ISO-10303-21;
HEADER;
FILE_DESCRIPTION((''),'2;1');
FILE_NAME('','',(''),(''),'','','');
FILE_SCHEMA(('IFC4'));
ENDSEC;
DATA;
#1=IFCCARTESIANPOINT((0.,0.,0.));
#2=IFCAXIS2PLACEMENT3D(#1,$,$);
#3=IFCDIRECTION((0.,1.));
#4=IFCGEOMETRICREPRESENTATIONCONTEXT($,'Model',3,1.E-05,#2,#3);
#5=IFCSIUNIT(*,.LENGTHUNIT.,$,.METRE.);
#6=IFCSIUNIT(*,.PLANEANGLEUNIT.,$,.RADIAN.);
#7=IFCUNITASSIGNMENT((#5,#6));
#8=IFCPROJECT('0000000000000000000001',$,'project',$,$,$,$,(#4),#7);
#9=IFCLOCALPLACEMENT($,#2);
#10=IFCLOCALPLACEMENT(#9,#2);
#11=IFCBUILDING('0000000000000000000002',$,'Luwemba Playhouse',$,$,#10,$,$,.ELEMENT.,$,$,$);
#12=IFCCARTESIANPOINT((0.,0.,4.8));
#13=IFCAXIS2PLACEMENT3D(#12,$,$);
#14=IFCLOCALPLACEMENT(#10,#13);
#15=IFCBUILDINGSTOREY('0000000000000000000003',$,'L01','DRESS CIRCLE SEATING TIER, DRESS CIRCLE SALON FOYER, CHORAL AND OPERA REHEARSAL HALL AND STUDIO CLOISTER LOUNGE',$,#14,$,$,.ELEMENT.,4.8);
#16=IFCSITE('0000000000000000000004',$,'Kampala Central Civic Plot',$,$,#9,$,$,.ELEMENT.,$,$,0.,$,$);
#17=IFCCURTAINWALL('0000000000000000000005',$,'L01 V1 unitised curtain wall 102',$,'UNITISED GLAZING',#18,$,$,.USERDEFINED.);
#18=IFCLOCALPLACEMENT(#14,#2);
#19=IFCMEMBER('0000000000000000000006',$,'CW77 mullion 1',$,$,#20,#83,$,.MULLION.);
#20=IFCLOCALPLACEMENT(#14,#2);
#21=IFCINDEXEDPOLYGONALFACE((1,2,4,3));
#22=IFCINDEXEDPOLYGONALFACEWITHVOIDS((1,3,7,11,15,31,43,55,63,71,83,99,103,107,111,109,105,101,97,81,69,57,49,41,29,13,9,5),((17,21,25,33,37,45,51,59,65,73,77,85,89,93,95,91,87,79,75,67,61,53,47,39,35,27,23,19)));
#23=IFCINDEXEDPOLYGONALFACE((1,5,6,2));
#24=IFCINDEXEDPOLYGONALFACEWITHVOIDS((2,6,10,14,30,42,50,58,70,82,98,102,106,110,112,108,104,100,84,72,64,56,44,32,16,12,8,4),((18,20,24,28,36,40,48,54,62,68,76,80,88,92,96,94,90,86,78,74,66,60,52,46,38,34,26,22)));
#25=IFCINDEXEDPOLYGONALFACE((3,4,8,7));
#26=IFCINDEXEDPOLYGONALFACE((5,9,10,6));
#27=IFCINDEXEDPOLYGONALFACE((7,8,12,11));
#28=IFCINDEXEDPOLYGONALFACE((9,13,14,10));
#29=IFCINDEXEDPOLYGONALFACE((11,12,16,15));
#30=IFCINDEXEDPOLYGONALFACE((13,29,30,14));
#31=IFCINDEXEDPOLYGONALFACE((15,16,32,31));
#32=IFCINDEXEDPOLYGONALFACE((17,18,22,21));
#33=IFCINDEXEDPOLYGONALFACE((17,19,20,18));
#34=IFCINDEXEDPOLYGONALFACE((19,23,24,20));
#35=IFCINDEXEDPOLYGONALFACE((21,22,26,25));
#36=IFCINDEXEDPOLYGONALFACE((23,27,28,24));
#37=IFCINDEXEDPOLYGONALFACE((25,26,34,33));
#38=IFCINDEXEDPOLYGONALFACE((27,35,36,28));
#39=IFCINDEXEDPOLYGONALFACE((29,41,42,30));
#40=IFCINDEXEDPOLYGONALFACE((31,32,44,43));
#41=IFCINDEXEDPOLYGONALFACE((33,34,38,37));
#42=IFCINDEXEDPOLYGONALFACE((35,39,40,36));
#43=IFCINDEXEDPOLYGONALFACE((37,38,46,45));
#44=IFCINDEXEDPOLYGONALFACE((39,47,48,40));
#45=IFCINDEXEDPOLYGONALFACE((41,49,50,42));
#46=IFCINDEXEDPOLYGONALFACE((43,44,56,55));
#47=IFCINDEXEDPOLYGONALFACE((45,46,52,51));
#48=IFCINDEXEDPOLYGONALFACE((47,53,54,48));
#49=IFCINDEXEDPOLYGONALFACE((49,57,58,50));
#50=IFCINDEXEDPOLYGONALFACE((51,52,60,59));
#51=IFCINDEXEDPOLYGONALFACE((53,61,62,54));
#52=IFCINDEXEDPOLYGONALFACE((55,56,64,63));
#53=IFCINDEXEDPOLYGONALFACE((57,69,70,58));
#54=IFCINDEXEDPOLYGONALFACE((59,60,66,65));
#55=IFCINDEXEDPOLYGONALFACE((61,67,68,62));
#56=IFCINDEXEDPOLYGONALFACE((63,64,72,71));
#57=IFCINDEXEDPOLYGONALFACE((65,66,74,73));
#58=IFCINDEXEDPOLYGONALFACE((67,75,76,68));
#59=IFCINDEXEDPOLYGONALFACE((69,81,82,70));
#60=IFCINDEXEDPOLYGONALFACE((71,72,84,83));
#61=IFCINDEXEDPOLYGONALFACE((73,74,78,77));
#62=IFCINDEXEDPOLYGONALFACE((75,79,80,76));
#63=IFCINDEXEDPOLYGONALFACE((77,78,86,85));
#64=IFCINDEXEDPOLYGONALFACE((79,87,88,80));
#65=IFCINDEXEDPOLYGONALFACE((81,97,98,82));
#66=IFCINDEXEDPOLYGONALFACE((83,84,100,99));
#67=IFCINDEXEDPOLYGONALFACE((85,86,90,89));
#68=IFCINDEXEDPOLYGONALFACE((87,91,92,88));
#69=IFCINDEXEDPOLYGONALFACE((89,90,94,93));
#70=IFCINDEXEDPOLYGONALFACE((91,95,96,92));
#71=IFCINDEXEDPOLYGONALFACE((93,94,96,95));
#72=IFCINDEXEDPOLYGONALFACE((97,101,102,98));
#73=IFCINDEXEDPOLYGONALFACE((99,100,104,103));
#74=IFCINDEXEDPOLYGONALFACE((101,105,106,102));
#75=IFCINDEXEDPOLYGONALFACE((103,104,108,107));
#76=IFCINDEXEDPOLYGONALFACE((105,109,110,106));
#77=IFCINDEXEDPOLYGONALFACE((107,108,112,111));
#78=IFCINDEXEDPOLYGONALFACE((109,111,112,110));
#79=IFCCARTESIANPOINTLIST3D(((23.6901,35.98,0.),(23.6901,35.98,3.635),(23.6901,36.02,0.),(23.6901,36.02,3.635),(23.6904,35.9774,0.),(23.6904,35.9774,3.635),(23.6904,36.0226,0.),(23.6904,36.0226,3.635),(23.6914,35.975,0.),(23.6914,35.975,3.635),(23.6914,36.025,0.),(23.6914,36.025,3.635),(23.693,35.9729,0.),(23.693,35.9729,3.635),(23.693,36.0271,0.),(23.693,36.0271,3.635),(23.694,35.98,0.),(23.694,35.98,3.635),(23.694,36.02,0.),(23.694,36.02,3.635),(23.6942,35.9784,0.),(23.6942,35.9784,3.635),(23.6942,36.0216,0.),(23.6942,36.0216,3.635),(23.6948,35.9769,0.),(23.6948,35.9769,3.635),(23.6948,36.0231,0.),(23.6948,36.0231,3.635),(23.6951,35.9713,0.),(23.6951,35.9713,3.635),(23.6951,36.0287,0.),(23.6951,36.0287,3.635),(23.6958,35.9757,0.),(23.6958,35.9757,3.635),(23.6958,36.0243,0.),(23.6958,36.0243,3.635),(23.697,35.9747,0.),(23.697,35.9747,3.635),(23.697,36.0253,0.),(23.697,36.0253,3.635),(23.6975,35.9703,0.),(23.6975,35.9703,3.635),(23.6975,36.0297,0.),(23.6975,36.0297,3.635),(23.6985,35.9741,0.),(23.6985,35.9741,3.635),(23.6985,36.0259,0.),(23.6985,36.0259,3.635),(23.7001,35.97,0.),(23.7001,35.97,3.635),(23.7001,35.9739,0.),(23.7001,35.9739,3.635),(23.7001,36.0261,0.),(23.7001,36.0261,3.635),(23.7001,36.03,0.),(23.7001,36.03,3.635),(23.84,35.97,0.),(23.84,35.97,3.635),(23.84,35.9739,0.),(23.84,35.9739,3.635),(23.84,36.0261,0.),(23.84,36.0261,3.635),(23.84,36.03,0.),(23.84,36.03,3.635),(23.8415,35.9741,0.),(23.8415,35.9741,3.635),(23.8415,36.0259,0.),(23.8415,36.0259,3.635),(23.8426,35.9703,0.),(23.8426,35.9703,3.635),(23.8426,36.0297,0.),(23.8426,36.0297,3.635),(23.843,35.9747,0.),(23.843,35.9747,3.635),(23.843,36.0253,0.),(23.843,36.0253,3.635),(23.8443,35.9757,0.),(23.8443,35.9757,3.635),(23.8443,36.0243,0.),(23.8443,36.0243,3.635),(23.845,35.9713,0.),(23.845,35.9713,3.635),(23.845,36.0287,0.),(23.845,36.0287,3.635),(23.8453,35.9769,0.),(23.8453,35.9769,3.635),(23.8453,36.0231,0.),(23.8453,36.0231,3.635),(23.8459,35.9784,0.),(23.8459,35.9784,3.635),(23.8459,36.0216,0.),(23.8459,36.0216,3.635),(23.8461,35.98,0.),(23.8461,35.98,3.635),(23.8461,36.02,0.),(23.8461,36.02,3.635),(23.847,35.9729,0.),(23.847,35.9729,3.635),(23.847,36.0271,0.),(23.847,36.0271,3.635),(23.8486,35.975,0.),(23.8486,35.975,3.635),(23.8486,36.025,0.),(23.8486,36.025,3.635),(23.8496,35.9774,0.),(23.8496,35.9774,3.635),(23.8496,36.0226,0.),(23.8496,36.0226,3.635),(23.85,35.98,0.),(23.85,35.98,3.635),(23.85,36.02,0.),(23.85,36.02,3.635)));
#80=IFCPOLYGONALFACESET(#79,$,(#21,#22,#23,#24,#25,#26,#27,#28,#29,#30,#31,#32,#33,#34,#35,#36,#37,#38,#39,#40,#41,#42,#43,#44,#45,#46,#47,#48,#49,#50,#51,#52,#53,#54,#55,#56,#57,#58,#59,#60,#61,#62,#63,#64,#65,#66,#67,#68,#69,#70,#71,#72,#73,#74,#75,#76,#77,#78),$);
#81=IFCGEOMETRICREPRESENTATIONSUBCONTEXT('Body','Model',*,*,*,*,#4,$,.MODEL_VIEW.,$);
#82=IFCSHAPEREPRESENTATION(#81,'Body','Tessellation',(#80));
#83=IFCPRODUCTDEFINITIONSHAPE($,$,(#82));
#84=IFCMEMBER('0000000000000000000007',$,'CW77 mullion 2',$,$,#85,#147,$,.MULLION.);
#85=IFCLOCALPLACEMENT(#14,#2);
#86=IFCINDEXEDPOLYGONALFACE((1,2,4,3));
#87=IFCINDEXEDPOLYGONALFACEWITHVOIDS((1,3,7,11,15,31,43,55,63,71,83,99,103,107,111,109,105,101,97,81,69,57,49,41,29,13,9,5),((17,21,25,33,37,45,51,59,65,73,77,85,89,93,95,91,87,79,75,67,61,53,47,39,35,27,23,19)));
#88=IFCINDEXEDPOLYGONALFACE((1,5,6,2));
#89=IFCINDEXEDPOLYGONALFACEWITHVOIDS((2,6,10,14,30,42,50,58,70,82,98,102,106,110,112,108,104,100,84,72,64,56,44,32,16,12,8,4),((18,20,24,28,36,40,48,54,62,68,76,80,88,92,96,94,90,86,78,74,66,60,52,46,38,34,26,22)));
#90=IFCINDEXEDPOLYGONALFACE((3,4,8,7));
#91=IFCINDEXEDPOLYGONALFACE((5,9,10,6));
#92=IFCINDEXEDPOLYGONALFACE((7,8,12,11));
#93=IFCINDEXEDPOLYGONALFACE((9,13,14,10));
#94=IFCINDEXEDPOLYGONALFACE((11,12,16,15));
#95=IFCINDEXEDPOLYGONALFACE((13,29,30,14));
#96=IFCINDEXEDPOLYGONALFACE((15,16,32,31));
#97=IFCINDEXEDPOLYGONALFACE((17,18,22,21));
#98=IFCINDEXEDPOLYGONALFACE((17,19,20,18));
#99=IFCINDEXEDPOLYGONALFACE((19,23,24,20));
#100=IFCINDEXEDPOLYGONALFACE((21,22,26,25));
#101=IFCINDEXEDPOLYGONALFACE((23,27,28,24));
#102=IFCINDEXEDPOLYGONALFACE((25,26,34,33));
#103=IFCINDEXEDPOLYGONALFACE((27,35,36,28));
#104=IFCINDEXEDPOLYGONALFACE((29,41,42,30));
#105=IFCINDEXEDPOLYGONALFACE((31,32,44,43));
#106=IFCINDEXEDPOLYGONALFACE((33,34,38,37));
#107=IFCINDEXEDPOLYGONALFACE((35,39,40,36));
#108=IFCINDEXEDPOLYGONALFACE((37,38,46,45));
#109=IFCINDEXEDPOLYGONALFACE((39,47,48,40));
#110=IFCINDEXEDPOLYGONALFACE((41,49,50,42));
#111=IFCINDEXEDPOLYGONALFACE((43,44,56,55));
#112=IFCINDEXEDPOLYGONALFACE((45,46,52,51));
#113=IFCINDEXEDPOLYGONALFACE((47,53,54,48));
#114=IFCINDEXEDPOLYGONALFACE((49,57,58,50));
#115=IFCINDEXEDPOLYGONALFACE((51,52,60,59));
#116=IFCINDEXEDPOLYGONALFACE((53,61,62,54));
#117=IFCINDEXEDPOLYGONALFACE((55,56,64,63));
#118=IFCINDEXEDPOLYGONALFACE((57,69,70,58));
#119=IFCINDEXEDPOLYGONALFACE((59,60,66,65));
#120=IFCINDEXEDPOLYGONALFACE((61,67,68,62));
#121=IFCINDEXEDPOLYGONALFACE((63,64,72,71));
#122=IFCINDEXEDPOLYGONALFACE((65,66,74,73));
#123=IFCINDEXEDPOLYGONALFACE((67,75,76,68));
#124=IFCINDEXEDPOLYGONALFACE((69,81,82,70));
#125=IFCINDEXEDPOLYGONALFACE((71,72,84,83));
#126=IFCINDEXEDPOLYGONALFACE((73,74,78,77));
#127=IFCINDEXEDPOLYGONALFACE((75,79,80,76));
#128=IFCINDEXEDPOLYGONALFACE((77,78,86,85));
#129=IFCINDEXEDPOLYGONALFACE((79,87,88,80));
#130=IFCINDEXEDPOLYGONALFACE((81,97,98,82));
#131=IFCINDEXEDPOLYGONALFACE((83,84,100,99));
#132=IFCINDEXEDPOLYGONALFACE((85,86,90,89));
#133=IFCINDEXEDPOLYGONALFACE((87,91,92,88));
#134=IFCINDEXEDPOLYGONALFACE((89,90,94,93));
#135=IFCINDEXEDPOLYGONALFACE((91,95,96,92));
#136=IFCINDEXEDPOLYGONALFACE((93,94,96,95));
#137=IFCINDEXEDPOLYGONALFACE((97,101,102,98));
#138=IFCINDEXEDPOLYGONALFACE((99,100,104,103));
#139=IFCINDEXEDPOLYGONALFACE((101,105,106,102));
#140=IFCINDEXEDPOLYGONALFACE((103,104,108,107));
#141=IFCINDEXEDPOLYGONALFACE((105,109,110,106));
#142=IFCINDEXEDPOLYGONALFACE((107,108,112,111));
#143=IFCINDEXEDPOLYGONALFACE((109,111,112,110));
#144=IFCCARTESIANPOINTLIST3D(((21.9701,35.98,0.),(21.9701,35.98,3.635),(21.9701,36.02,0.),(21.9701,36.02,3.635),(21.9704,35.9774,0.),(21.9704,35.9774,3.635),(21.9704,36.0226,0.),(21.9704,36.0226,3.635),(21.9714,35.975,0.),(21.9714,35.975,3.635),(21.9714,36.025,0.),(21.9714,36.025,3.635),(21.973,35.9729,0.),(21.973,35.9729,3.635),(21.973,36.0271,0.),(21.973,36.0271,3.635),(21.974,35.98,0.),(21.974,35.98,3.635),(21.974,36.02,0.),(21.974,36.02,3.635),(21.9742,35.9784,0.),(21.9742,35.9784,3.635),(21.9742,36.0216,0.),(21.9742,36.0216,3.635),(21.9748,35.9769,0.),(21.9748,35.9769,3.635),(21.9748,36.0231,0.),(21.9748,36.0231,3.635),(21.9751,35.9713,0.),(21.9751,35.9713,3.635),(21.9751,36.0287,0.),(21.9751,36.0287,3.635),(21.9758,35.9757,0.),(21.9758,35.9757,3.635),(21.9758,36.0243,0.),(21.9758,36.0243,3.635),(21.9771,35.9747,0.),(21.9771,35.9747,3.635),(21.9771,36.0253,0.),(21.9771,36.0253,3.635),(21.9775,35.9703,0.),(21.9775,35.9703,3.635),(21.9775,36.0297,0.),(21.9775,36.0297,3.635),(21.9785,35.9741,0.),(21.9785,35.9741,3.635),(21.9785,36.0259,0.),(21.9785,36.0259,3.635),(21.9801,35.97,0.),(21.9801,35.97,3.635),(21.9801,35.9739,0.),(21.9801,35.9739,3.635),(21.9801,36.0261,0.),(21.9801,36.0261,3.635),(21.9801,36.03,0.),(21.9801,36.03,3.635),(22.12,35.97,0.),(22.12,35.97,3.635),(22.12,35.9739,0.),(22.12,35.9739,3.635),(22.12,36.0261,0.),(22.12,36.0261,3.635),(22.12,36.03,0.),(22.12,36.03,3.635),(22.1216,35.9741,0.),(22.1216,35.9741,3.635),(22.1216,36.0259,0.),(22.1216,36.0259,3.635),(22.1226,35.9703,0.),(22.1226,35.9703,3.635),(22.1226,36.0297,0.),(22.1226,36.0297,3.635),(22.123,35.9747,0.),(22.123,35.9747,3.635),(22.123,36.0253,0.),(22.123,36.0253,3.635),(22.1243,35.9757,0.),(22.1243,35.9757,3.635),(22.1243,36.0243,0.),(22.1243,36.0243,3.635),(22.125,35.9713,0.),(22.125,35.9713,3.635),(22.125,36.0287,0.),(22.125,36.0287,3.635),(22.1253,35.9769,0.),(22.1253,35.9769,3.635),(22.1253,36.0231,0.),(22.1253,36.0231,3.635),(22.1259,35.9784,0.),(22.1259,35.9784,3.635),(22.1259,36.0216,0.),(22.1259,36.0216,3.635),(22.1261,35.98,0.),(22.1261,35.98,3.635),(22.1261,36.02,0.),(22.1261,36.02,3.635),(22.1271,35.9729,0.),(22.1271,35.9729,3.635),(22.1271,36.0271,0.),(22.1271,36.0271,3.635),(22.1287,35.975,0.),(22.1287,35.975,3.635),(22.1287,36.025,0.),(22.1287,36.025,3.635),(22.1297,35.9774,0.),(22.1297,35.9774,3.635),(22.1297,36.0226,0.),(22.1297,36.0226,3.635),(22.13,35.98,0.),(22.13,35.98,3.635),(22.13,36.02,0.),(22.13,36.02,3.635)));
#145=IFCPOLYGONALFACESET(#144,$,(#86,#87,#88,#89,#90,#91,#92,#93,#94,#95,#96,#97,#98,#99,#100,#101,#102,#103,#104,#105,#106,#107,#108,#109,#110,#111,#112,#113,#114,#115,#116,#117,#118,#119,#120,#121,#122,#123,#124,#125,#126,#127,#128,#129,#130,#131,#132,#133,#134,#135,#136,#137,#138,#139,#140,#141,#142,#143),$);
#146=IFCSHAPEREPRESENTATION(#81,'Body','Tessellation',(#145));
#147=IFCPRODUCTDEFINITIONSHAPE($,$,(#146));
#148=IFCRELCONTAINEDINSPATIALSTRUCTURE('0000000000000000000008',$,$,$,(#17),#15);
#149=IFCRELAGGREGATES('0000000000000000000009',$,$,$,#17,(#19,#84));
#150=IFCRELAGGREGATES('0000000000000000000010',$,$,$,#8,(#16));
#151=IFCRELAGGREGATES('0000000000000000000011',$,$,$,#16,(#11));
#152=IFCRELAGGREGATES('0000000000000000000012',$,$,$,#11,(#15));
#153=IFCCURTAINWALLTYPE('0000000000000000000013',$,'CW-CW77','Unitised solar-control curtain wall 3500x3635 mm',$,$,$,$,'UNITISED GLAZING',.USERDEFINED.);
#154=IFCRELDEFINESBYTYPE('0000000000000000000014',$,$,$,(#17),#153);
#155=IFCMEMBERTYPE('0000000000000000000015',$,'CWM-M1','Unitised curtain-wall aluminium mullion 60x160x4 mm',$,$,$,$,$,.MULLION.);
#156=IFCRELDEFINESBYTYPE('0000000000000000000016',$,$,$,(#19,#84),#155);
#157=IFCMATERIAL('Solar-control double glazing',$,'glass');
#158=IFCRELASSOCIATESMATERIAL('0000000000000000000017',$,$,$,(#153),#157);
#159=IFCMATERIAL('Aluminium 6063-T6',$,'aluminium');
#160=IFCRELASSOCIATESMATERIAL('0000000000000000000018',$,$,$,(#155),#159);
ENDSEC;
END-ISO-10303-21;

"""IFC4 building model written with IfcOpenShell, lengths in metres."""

from ifc_helpers import new_model, si_unit, direction, frame, origin, origin_2d, place, context, subcontext, project, spatial, hollow_rectangle, extrude, material, material_profile, profile_set, type_object, element, aggregate, save


model = new_model("IFC4")

# Units and contexts
model_context = context("Model", 3, precision=1e-05, world=origin(), true_north=direction((0.0, 1.0)))
body_context = subcontext(model_context, "Body", "Model", "MODEL_VIEW")
ifc_project = project(units=[si_unit("LENGTHUNIT", "METRE"), si_unit("PLANEANGLEUNIT", "RADIAN")], contexts=[model_context])

# Site, building, storey
site_placement = place(None, origin())
site = spatial("IfcSite", under=ifc_project, at=site_placement, Name="Kampala Central Civic Plot", CompositionType="ELEMENT", RefElevation=0.0)
building_placement = place(site_placement, origin())
building = spatial("IfcBuilding", under=site, at=building_placement, Name="Luwemba Playhouse", CompositionType="ELEMENT")
storey_placement = place(building_placement, frame((0.0, 0.0, 4.8)))
storey = spatial("IfcBuildingStorey", under=building, at=storey_placement, Name="L01", Description="DRESS CIRCLE SEATING TIER, DRESS CIRCLE SALON FOYER, CHORAL AND OPERA REHEARSAL HALL AND STUDIO CLOISTER LOUNGE", CompositionType="ELEMENT", Elevation=4.8)

# Curtain wall, members
ifc_material_1 = material(Name="Solar-control double glazing", Category="glass")
curtain_wall_type_1 = type_object("IfcCurtainWallType", Name="CW-CW77", Description="Unitised solar-control curtain wall 3500x3635 mm", ElementType="UNITISED GLAZING", PredefinedType="USERDEFINED", material=ifc_material_1)
curtain_wall_1_placement = place(storey_placement, origin())
curtain_wall_1 = element("IfcCurtainWall", 1, at=curtain_wall_1_placement, inside=storey, type_object=curtain_wall_type_1, Name="L01 V1 unitised curtain wall 102", ObjectType="UNITISED GLAZING", PredefinedType="USERDEFINED")
ifc_material_2 = material(Name="Aluminium 6063-T6", Category="aluminium")
ifc_material_profile_1 = material_profile(ifc_material_2, hollow_rectangle(XDim=0.0601, YDim=0.1599, WallThickness=0.0039, InnerFilletRadius=0.0061, OuterFilletRadius=0.01, at=origin_2d()))
ifc_profile_set_1 = profile_set([ifc_material_profile_1], Name="Aluminium 6063-T6")
member_type_1 = type_object("IfcMemberType", Name="CWM-M1", Description="Unitised curtain-wall aluminium mullion 60x160x4 mm", PredefinedType="MULLION", material=ifc_profile_set_1)
member_1_placement = place(storey_placement, frame((23.77, 36.0, 0.0), z_axis=(0.0, 0.0, 1.0), x_axis=(0.0, -1.0, 0.0)))
member_1 = element("IfcMember", 2, at=member_1_placement, type_object=member_type_1, Name="CW77 mullion 1", PredefinedType="MULLION", context=body_context, shape_type="SweptSolid", body=[
    extrude(hollow_rectangle(XDim=0.0601, YDim=0.1599, WallThickness=0.0039, InnerFilletRadius=0.0061, OuterFilletRadius=0.01, at=origin_2d()), origin(), (0.0, 0.0, 1.0), 3.635),
])
member_2_placement = place(storey_placement, frame((22.05, 36.0, 0.0), z_axis=(0.0, 0.0, 1.0), x_axis=(0.0, -1.0, 0.0)))
member_2 = element("IfcMember", 3, at=member_2_placement, type_object=member_type_1, Name="CW77 mullion 2", PredefinedType="MULLION", context=body_context, shape_type="SweptSolid", body=[
    extrude(hollow_rectangle(XDim=0.0601, YDim=0.1599, WallThickness=0.0039, InnerFilletRadius=0.0061, OuterFilletRadius=0.01, at=origin_2d()), origin(), (0.0, 0.0, 1.0), 3.635),
])

aggregate(curtain_wall_1, [member_1, member_2])

save(model, "model.ifc")
